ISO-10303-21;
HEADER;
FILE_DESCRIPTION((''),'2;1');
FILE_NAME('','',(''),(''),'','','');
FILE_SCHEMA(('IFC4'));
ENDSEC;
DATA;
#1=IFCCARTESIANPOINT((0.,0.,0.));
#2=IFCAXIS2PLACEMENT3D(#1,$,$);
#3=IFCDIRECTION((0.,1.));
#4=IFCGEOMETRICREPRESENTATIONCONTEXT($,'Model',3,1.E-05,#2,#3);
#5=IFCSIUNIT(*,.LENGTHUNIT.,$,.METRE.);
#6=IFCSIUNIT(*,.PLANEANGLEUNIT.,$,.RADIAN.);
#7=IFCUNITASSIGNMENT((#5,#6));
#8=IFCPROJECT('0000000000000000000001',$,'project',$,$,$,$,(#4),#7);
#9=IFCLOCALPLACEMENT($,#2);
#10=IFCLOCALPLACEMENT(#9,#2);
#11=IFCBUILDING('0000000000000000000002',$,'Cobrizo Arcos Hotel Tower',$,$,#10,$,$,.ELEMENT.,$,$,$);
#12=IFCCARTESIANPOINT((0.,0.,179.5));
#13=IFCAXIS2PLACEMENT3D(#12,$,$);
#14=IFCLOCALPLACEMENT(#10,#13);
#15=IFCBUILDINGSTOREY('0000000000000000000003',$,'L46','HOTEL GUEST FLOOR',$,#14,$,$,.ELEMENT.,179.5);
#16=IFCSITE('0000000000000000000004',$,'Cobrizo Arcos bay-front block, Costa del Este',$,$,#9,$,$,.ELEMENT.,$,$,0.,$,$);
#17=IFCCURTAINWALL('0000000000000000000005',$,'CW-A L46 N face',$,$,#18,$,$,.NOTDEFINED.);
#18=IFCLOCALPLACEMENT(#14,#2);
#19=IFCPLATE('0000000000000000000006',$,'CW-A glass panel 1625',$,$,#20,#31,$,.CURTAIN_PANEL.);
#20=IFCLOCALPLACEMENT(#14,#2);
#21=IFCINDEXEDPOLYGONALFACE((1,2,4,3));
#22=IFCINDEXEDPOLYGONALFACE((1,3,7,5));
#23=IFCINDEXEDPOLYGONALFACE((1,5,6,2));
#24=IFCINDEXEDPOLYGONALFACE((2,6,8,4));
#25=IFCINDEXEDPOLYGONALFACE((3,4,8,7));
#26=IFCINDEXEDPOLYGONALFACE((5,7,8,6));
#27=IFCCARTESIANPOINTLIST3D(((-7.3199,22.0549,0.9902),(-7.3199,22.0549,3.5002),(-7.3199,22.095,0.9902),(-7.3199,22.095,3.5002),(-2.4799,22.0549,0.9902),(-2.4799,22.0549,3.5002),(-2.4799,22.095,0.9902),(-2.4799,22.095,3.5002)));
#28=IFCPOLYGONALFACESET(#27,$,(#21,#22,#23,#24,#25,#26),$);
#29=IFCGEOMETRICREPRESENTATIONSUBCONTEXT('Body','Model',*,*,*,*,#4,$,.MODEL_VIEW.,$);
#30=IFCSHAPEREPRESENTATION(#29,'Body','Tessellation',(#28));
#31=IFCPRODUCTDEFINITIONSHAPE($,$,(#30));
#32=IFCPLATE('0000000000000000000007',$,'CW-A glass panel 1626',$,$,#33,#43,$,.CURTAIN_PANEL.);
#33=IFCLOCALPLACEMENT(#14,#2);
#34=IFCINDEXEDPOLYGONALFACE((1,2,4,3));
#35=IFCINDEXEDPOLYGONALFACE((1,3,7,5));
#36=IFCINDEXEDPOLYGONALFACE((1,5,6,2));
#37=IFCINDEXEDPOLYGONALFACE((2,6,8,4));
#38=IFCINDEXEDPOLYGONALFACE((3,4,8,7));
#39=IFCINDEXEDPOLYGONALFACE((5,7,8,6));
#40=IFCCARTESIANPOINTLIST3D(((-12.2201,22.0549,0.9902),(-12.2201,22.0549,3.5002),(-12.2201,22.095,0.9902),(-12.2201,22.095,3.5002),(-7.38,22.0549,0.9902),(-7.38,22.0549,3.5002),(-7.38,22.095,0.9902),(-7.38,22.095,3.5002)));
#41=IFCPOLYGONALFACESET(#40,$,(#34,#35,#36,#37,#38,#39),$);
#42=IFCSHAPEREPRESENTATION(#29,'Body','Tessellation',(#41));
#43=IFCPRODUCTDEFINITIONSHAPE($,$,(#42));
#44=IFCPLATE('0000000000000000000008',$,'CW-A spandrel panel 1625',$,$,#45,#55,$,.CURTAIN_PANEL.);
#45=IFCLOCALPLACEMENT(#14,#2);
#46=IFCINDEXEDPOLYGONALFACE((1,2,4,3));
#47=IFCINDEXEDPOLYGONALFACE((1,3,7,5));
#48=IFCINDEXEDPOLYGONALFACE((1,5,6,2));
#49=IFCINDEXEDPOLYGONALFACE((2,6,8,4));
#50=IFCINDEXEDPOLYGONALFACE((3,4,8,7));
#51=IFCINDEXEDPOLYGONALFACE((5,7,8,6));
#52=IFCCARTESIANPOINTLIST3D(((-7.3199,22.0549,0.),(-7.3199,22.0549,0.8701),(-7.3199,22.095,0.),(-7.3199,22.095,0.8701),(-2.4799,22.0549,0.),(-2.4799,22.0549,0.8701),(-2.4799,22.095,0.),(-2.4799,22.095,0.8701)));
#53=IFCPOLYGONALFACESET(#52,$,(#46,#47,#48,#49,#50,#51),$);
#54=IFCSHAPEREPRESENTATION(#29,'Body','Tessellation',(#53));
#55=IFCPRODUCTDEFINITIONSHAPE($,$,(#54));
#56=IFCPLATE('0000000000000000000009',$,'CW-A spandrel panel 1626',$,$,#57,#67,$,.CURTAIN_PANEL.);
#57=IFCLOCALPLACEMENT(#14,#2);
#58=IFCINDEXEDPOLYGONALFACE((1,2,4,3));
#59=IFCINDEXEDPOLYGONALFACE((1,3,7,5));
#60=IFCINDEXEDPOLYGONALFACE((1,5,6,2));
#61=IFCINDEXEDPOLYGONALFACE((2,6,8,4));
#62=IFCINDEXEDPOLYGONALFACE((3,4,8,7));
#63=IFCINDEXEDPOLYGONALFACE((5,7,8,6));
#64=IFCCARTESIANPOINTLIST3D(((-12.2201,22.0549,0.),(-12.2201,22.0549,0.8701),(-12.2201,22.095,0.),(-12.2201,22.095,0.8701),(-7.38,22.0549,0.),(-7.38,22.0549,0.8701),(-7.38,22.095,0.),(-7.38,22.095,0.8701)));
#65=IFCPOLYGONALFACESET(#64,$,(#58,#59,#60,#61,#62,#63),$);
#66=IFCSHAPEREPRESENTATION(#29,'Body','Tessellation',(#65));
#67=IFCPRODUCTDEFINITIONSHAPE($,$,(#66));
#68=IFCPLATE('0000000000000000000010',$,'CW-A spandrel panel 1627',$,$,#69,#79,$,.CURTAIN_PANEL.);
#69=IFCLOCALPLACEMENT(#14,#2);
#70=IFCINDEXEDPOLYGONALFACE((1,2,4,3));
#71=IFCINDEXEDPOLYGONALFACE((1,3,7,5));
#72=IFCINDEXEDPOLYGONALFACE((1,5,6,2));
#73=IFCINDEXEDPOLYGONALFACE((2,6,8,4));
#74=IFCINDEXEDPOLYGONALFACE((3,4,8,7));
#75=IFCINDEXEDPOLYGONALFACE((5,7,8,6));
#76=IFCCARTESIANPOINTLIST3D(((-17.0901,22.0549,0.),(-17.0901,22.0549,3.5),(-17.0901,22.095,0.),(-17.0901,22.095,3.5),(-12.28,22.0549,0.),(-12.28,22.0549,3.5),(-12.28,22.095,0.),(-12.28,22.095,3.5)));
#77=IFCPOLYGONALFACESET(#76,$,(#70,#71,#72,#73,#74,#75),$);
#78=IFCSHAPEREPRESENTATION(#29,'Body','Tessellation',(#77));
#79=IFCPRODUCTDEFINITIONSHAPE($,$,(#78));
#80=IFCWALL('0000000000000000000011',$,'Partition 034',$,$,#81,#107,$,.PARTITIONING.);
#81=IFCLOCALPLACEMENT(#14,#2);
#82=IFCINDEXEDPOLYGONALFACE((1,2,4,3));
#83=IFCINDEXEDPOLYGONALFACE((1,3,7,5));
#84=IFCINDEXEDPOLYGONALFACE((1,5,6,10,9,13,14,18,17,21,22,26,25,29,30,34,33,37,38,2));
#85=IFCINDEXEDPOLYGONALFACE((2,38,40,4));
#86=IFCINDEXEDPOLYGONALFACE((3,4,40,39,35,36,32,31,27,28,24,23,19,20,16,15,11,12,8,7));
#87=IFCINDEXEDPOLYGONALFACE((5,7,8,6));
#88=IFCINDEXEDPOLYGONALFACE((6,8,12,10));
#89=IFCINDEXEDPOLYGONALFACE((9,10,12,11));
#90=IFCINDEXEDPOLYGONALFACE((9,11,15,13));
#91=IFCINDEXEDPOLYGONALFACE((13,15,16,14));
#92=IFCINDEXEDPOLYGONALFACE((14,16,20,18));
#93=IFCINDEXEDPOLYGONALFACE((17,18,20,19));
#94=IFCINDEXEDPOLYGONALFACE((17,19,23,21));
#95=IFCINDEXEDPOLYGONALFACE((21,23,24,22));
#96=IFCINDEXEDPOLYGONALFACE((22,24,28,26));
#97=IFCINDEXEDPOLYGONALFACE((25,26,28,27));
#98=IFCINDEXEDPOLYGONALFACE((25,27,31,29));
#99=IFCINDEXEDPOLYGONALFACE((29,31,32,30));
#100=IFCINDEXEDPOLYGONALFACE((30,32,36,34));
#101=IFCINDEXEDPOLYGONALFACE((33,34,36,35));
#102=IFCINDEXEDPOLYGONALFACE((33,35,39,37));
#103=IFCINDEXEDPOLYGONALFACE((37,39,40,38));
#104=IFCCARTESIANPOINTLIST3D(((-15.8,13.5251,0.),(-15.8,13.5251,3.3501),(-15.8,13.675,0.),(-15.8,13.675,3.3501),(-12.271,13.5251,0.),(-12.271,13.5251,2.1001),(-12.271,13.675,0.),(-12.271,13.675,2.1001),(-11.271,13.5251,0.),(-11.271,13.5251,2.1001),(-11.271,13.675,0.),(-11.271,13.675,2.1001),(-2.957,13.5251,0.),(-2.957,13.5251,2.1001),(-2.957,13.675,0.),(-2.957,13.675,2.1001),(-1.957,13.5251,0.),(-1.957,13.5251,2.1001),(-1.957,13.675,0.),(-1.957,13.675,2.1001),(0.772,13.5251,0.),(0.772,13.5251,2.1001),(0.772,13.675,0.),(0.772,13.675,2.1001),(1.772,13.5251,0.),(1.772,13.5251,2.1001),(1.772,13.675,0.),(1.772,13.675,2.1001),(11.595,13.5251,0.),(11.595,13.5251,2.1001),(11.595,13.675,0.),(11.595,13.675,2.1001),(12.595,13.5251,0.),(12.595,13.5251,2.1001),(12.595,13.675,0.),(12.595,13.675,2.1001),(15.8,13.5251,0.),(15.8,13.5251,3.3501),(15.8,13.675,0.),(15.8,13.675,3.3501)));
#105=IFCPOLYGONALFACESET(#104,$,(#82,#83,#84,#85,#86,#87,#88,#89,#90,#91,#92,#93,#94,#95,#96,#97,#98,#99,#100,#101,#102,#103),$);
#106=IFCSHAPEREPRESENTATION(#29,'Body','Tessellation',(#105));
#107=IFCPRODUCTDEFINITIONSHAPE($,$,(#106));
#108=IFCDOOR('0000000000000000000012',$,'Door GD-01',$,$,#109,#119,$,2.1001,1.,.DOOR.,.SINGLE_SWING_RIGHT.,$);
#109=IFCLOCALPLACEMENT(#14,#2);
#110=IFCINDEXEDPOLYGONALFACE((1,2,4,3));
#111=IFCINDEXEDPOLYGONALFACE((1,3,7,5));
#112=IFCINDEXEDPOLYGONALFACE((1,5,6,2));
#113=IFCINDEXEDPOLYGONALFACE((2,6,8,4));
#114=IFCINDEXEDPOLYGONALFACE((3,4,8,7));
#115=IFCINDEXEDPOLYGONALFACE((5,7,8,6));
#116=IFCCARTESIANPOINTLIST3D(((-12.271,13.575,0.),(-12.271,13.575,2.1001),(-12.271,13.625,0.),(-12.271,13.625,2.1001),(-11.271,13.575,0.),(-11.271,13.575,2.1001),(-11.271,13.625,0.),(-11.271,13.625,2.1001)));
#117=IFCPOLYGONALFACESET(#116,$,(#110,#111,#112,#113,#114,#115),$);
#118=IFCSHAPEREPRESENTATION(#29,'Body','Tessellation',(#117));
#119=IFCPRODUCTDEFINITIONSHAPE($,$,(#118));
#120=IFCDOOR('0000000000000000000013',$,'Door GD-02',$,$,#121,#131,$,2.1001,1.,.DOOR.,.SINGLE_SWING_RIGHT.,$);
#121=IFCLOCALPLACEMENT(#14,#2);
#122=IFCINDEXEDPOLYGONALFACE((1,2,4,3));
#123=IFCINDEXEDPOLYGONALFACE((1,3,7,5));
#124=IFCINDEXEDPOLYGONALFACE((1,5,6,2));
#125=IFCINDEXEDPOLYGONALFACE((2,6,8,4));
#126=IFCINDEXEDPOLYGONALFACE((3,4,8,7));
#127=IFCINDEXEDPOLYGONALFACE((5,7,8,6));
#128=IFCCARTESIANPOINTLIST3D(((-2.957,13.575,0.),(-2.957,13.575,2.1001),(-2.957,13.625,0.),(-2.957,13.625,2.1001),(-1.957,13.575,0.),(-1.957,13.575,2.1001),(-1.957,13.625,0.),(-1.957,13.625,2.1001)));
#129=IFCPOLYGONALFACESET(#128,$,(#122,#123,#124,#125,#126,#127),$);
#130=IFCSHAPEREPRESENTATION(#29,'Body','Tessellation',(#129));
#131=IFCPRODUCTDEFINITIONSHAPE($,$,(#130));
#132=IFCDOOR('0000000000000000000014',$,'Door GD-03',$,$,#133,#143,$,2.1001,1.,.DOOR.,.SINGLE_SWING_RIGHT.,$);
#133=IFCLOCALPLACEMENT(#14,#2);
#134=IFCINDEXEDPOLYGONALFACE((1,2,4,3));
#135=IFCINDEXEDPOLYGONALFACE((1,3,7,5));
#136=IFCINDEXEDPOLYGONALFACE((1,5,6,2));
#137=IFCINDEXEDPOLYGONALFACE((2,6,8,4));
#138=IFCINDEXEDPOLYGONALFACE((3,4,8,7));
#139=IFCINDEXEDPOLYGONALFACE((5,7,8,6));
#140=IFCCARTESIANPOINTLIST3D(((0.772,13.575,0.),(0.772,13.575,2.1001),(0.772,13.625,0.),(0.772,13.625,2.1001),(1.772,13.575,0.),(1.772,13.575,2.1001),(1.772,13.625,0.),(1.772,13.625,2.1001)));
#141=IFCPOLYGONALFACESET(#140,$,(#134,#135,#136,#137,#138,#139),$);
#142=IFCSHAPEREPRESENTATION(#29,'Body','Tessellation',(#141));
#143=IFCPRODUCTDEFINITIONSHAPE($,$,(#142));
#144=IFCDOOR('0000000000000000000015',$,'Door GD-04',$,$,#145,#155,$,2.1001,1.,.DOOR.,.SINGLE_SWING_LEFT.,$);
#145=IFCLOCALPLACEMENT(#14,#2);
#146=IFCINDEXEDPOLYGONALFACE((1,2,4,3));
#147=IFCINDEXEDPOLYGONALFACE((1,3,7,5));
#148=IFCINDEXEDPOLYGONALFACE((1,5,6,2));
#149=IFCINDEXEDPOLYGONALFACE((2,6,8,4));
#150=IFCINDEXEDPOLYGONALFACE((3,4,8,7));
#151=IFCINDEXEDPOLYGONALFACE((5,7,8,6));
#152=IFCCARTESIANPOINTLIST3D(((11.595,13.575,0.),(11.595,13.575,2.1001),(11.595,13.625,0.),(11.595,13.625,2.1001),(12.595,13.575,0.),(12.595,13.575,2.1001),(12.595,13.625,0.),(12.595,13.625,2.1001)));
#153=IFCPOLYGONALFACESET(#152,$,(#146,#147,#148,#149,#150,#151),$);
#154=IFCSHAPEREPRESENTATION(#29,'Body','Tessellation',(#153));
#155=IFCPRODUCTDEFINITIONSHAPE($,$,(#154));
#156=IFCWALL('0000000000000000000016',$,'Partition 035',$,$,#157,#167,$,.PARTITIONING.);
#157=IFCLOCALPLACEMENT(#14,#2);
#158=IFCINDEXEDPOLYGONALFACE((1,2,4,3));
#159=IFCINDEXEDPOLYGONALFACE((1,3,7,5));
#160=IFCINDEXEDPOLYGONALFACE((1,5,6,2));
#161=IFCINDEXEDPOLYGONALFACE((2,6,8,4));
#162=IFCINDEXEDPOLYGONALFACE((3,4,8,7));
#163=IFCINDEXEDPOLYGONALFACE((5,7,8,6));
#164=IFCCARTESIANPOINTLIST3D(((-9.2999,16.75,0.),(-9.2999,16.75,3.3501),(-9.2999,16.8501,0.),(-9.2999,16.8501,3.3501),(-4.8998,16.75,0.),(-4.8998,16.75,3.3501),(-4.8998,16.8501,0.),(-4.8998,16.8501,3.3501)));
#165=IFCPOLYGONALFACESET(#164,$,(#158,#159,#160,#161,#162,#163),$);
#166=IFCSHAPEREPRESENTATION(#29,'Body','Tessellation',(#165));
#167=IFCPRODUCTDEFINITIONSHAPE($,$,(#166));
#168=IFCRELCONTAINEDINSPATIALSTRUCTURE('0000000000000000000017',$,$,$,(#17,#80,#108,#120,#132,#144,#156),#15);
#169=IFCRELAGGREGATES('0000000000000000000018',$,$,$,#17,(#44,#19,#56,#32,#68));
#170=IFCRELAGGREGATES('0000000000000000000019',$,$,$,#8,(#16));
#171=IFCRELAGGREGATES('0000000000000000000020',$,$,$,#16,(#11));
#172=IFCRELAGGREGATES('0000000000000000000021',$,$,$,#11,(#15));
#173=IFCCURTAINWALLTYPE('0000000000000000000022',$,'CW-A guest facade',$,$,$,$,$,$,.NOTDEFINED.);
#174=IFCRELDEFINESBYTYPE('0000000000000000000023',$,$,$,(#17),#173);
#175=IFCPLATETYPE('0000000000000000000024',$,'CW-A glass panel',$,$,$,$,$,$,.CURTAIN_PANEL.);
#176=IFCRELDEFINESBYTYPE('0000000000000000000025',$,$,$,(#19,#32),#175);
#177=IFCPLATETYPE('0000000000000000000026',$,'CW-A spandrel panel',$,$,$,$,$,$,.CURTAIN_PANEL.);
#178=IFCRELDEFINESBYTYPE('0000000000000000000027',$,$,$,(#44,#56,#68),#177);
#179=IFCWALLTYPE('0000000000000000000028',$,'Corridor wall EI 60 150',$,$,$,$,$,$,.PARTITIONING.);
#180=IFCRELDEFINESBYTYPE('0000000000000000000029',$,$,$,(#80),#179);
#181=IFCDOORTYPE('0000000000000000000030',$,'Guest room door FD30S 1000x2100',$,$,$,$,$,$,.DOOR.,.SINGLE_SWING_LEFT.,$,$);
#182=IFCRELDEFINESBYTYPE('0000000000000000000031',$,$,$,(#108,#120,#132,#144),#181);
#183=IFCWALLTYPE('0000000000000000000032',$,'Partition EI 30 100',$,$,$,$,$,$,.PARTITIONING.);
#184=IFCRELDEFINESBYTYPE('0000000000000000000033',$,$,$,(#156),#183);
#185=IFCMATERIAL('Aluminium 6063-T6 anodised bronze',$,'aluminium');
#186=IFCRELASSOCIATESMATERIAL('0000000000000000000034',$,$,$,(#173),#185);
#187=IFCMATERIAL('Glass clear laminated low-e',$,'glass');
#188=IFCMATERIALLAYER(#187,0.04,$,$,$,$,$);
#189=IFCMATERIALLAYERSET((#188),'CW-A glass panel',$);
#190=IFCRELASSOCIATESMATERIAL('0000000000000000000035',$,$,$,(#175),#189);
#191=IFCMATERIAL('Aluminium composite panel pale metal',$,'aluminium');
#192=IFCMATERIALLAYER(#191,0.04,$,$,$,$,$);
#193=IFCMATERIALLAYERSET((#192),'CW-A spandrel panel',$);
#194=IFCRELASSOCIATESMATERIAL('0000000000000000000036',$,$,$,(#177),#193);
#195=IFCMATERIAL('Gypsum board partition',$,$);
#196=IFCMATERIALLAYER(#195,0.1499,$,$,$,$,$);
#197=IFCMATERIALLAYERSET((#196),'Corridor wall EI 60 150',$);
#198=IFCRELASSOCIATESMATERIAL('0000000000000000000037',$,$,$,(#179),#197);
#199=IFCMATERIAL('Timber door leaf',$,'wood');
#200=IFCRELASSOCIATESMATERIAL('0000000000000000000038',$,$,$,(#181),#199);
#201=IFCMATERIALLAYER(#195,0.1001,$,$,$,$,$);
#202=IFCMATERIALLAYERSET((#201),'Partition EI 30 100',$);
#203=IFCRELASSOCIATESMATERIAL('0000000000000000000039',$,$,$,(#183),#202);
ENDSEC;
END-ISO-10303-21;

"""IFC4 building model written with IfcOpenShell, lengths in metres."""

from ifc_helpers import new_model, si_unit, direction, frame, frame_2d, origin, origin_2d, place, context, subcontext, project, spatial, rectangle, extrude, material, layer, layer_set, type_object, element, fill, aggregate, save


model = new_model("IFC4")

# Units and contexts
model_context = context("Model", 3, precision=1e-05, world=origin(), true_north=direction((0.0, 1.0)))
body_context = subcontext(model_context, "Body", "Model", "MODEL_VIEW")
ifc_project = project(units=[si_unit("LENGTHUNIT", "METRE"), si_unit("PLANEANGLEUNIT", "RADIAN")], contexts=[model_context])

# Site, building, storey
site_placement = place(None, origin())
site = spatial("IfcSite", under=ifc_project, at=site_placement, Name="Cobrizo Arcos bay-front block, Costa del Este", CompositionType="ELEMENT", RefElevation=0.0)
building_placement = place(site_placement, origin())
building = spatial("IfcBuilding", under=site, at=building_placement, Name="Cobrizo Arcos Hotel Tower", CompositionType="ELEMENT")
storey_placement = place(building_placement, frame((0.0, 0.0, 179.5)))
storey = spatial("IfcBuildingStorey", under=building, at=storey_placement, Name="L46", Description="HOTEL GUEST FLOOR", CompositionType="ELEMENT", Elevation=179.5)

# Curtain wall
ifc_material_1 = material(Name="Aluminium 6063-T6 anodised bronze", Category="aluminium")
curtain_wall_type = type_object("IfcCurtainWallType", Name="CW-A guest facade", PredefinedType="NOTDEFINED", material=ifc_material_1)
curtain_wall_placement = place(storey_placement, origin())
curtain_wall = element("IfcCurtainWall", 1, at=curtain_wall_placement, inside=storey, type_object=curtain_wall_type, Name="CW-A L46 N face", PredefinedType="NOTDEFINED")

# Plates
ifc_material_2 = material(Name="Glass clear laminated low-e", Category="glass")
ifc_layer_1 = layer(ifc_material_2, 0.04)
ifc_layer_set_1 = layer_set([ifc_layer_1], Name="CW-A glass panel")
plate_type_1 = type_object("IfcPlateType", Name="CW-A glass panel", PredefinedType="CURTAIN_PANEL", material=ifc_layer_set_1)
plate_1_placement = place(storey_placement, frame((-4.8999, 22.075, 0.9902), z_axis=(0.0, 0.0, 1.0), x_axis=(-1.0, 0.0, 0.0)))
plate_1 = element("IfcPlate", 2, at=plate_1_placement, type_object=plate_type_1, Name="CW-A glass panel 1625", PredefinedType="CURTAIN_PANEL", context=body_context, shape_type="SweptSolid", body=[
    extrude(rectangle(XDim=4.8401, YDim=0.04, at=origin_2d()), origin(), (0.0, 0.0, 1.0), 2.51),
])
plate_2_placement = place(storey_placement, frame((-9.8, 22.075, 0.9902), z_axis=(0.0, 0.0, 1.0), x_axis=(-1.0, 0.0, 0.0)))
plate_2 = element("IfcPlate", 3, at=plate_2_placement, type_object=plate_type_1, Name="CW-A glass panel 1626", PredefinedType="CURTAIN_PANEL", context=body_context, shape_type="SweptSolid", body=[
    extrude(rectangle(XDim=4.8401, YDim=0.04, at=origin_2d()), origin(), (0.0, 0.0, 1.0), 2.51),
])
ifc_material_3 = material(Name="Aluminium composite panel pale metal", Category="aluminium")
ifc_layer_2 = layer(ifc_material_3, 0.04)
ifc_layer_set_2 = layer_set([ifc_layer_2], Name="CW-A spandrel panel")
plate_type_2 = type_object("IfcPlateType", Name="CW-A spandrel panel", PredefinedType="CURTAIN_PANEL", material=ifc_layer_set_2)
plate_3_placement = place(storey_placement, frame((-4.8999, 22.075, 0.0), z_axis=(0.0, 0.0, 1.0), x_axis=(-1.0, 0.0, 0.0)))
plate_3 = element("IfcPlate", 4, at=plate_3_placement, type_object=plate_type_2, Name="CW-A spandrel panel 1625", PredefinedType="CURTAIN_PANEL", context=body_context, shape_type="SweptSolid", body=[
    extrude(rectangle(XDim=4.8401, YDim=0.04, at=origin_2d()), origin(), (0.0, 0.0, 1.0), 0.8701),
])
plate_4_placement = place(storey_placement, frame((-9.8, 22.075, 0.0), z_axis=(0.0, 0.0, 1.0), x_axis=(-1.0, 0.0, 0.0)))
plate_4 = element("IfcPlate", 5, at=plate_4_placement, type_object=plate_type_2, Name="CW-A spandrel panel 1626", PredefinedType="CURTAIN_PANEL", context=body_context, shape_type="SweptSolid", body=[
    extrude(rectangle(XDim=4.8401, YDim=0.04, at=origin_2d()), origin(), (0.0, 0.0, 1.0), 0.8701),
])
plate_5_placement = place(storey_placement, frame((-14.6851, 22.075, 0.0), z_axis=(0.0, 0.0, 1.0), x_axis=(-1.0, 0.0, 0.0)))
plate_5 = element("IfcPlate", 6, at=plate_5_placement, type_object=plate_type_2, Name="CW-A spandrel panel 1627", PredefinedType="CURTAIN_PANEL", context=body_context, shape_type="SweptSolid", body=[
    extrude(rectangle(XDim=4.8101, YDim=0.04, at=origin_2d()), origin(), (0.0, 0.0, 1.0), 3.5),
])
aggregate(curtain_wall, [plate_3, plate_1, plate_4, plate_2, plate_5])

# Wall, openings, doors
ifc_material_4 = material(Name="Gypsum board partition")
ifc_layer_3 = layer(ifc_material_4, 0.1499)
ifc_layer_set_3 = layer_set([ifc_layer_3], Name="Corridor wall EI 60 150")
wall_type_1 = type_object("IfcWallType", Name="Corridor wall EI 60 150", PredefinedType="PARTITIONING", material=ifc_layer_set_3)
wall_1_placement = place(storey_placement, frame((-15.8, 13.6001, 0.0), z_axis=(0.0, 0.0, 1.0), x_axis=(1.0, 0.0, 0.0)))
wall_1 = element("IfcWall", 7, at=wall_1_placement, inside=storey, type_object=wall_type_1, Name="Partition 034", PredefinedType="PARTITIONING", context=body_context, shape_type="SweptSolid", body=[
    extrude(rectangle(XDim=31.6001, YDim=0.1499, at=frame_2d((15.8, 0.0))), origin(), (0.0, 0.0, 1.0), 3.3501),
])
opening_1_placement = place(wall_1_placement, frame((3.5291, 0.0, 0.0)))
opening_1 = element("IfcOpeningElement", 8, at=opening_1_placement, cuts=wall_1, PredefinedType="OPENING", context=body_context, shape_type="SweptSolid", body=[
    extrude(rectangle(XDim=1.0, YDim=2.1001, at=frame_2d((0.5, 1.05))), frame((0.0, 0.0869, 0.0), z_axis=(0.0, -1.0, 0.0), x_axis=(1.0, 0.0, 0.0)), (0.0, 0.0, 1.0), 0.1738),
])
opening_2_placement = place(wall_1_placement, frame((12.843, 0.0, 0.0)))
opening_2 = element("IfcOpeningElement", 9, at=opening_2_placement, cuts=wall_1, PredefinedType="OPENING", context=body_context, shape_type="SweptSolid", body=[
    extrude(rectangle(XDim=1.0, YDim=2.1001, at=frame_2d((0.5, 1.05))), frame((0.0, 0.0869, 0.0), z_axis=(0.0, -1.0, 0.0), x_axis=(1.0, 0.0, 0.0)), (0.0, 0.0, 1.0), 0.1738),
])
opening_3_placement = place(wall_1_placement, frame((16.572, 0.0, 0.0)))
opening_3 = element("IfcOpeningElement", 10, at=opening_3_placement, cuts=wall_1, PredefinedType="OPENING", context=body_context, shape_type="SweptSolid", body=[
    extrude(rectangle(XDim=1.0, YDim=2.1001, at=frame_2d((0.5, 1.05))), frame((0.0, 0.0869, 0.0), z_axis=(0.0, -1.0, 0.0), x_axis=(1.0, 0.0, 0.0)), (0.0, 0.0, 1.0), 0.1738),
])
opening_4_placement = place(wall_1_placement, frame((27.395, 0.0, 0.0)))
opening_4 = element("IfcOpeningElement", 11, at=opening_4_placement, cuts=wall_1, PredefinedType="OPENING", context=body_context, shape_type="SweptSolid", body=[
    extrude(rectangle(XDim=1.0, YDim=2.1001, at=frame_2d((0.5, 1.05))), frame((0.0, 0.0869, 0.0), z_axis=(0.0, -1.0, 0.0), x_axis=(1.0, 0.0, 0.0)), (0.0, 0.0, 1.0), 0.1738),
])
ifc_material_5 = material(Name="Timber door leaf", Category="wood")
door_type_1 = type_object("IfcDoorType", Name="Guest room door FD30S 1000x2100", OperationType="SINGLE_SWING_LEFT", PredefinedType="DOOR", material=ifc_material_5)
door_1_placement = place(opening_1_placement, origin())
door_1 = element("IfcDoor", 12, at=door_1_placement, inside=storey, type_object=door_type_1, Name="Door GD-01", OperationType="SINGLE_SWING_RIGHT", OverallHeight=2.1001, OverallWidth=1.0, PredefinedType="DOOR", context=body_context, shape_type="SweptSolid", body=[
    extrude(rectangle(XDim=1.0, YDim=2.1001, at=frame_2d((0.5, 1.05))), frame((0.0, 0.0249, 0.0), z_axis=(0.0, -1.0, 0.0), x_axis=(1.0, 0.0, 0.0)), (0.0, 0.0, 1.0), 0.05),
])
fill(opening_1, door_1)
door_2_placement = place(opening_2_placement, origin())
door_2 = element("IfcDoor", 13, at=door_2_placement, inside=storey, type_object=door_type_1, Name="Door GD-02", OperationType="SINGLE_SWING_RIGHT", OverallHeight=2.1001, OverallWidth=1.0, PredefinedType="DOOR", context=body_context, shape_type="SweptSolid", body=[
    extrude(rectangle(XDim=1.0, YDim=2.1001, at=frame_2d((0.5, 1.05))), frame((0.0, 0.0249, 0.0), z_axis=(0.0, -1.0, 0.0), x_axis=(1.0, 0.0, 0.0)), (0.0, 0.0, 1.0), 0.05),
])
fill(opening_2, door_2)
door_3_placement = place(opening_3_placement, origin())
door_3 = element("IfcDoor", 14, at=door_3_placement, inside=storey, type_object=door_type_1, Name="Door GD-03", OperationType="SINGLE_SWING_RIGHT", OverallHeight=2.1001, OverallWidth=1.0, PredefinedType="DOOR", context=body_context, shape_type="SweptSolid", body=[
    extrude(rectangle(XDim=1.0, YDim=2.1001, at=frame_2d((0.5, 1.05))), frame((0.0, 0.0249, 0.0), z_axis=(0.0, -1.0, 0.0), x_axis=(1.0, 0.0, 0.0)), (0.0, 0.0, 1.0), 0.05),
])
fill(opening_3, door_3)
door_4_placement = place(opening_4_placement, origin())
door_4 = element("IfcDoor", 15, at=door_4_placement, inside=storey, type_object=door_type_1, Name="Door GD-04", OperationType="SINGLE_SWING_LEFT", OverallHeight=2.1001, OverallWidth=1.0, PredefinedType="DOOR", context=body_context, shape_type="SweptSolid", body=[
    extrude(rectangle(XDim=1.0, YDim=2.1001, at=frame_2d((0.5, 1.05))), frame((0.0, 0.0249, 0.0), z_axis=(0.0, -1.0, 0.0), x_axis=(1.0, 0.0, 0.0)), (0.0, 0.0, 1.0), 0.05),
])
fill(opening_4, door_4)

# Wall
ifc_layer_4 = layer(ifc_material_4, 0.1001)
ifc_layer_set_4 = layer_set([ifc_layer_4], Name="Partition EI 30 100")
wall_type_2 = type_object("IfcWallType", Name="Partition EI 30 100", PredefinedType="PARTITIONING", material=ifc_layer_set_4)
wall_2_placement = place(storey_placement, frame((-9.3, 16.8, 0.0), z_axis=(0.0, 0.0, 1.0), x_axis=(1.0, 0.0, 0.0)))
element("IfcWall", 16, at=wall_2_placement, inside=storey, type_object=wall_type_2, Name="Partition 035", PredefinedType="PARTITIONING", context=body_context, shape_type="SweptSolid", body=[
    extrude(rectangle(XDim=4.4001, YDim=0.1001, at=frame_2d((2.2002, 0.0))), origin(), (0.0, 0.0, 1.0), 3.3501),
])

save(model, "model.ifc")
